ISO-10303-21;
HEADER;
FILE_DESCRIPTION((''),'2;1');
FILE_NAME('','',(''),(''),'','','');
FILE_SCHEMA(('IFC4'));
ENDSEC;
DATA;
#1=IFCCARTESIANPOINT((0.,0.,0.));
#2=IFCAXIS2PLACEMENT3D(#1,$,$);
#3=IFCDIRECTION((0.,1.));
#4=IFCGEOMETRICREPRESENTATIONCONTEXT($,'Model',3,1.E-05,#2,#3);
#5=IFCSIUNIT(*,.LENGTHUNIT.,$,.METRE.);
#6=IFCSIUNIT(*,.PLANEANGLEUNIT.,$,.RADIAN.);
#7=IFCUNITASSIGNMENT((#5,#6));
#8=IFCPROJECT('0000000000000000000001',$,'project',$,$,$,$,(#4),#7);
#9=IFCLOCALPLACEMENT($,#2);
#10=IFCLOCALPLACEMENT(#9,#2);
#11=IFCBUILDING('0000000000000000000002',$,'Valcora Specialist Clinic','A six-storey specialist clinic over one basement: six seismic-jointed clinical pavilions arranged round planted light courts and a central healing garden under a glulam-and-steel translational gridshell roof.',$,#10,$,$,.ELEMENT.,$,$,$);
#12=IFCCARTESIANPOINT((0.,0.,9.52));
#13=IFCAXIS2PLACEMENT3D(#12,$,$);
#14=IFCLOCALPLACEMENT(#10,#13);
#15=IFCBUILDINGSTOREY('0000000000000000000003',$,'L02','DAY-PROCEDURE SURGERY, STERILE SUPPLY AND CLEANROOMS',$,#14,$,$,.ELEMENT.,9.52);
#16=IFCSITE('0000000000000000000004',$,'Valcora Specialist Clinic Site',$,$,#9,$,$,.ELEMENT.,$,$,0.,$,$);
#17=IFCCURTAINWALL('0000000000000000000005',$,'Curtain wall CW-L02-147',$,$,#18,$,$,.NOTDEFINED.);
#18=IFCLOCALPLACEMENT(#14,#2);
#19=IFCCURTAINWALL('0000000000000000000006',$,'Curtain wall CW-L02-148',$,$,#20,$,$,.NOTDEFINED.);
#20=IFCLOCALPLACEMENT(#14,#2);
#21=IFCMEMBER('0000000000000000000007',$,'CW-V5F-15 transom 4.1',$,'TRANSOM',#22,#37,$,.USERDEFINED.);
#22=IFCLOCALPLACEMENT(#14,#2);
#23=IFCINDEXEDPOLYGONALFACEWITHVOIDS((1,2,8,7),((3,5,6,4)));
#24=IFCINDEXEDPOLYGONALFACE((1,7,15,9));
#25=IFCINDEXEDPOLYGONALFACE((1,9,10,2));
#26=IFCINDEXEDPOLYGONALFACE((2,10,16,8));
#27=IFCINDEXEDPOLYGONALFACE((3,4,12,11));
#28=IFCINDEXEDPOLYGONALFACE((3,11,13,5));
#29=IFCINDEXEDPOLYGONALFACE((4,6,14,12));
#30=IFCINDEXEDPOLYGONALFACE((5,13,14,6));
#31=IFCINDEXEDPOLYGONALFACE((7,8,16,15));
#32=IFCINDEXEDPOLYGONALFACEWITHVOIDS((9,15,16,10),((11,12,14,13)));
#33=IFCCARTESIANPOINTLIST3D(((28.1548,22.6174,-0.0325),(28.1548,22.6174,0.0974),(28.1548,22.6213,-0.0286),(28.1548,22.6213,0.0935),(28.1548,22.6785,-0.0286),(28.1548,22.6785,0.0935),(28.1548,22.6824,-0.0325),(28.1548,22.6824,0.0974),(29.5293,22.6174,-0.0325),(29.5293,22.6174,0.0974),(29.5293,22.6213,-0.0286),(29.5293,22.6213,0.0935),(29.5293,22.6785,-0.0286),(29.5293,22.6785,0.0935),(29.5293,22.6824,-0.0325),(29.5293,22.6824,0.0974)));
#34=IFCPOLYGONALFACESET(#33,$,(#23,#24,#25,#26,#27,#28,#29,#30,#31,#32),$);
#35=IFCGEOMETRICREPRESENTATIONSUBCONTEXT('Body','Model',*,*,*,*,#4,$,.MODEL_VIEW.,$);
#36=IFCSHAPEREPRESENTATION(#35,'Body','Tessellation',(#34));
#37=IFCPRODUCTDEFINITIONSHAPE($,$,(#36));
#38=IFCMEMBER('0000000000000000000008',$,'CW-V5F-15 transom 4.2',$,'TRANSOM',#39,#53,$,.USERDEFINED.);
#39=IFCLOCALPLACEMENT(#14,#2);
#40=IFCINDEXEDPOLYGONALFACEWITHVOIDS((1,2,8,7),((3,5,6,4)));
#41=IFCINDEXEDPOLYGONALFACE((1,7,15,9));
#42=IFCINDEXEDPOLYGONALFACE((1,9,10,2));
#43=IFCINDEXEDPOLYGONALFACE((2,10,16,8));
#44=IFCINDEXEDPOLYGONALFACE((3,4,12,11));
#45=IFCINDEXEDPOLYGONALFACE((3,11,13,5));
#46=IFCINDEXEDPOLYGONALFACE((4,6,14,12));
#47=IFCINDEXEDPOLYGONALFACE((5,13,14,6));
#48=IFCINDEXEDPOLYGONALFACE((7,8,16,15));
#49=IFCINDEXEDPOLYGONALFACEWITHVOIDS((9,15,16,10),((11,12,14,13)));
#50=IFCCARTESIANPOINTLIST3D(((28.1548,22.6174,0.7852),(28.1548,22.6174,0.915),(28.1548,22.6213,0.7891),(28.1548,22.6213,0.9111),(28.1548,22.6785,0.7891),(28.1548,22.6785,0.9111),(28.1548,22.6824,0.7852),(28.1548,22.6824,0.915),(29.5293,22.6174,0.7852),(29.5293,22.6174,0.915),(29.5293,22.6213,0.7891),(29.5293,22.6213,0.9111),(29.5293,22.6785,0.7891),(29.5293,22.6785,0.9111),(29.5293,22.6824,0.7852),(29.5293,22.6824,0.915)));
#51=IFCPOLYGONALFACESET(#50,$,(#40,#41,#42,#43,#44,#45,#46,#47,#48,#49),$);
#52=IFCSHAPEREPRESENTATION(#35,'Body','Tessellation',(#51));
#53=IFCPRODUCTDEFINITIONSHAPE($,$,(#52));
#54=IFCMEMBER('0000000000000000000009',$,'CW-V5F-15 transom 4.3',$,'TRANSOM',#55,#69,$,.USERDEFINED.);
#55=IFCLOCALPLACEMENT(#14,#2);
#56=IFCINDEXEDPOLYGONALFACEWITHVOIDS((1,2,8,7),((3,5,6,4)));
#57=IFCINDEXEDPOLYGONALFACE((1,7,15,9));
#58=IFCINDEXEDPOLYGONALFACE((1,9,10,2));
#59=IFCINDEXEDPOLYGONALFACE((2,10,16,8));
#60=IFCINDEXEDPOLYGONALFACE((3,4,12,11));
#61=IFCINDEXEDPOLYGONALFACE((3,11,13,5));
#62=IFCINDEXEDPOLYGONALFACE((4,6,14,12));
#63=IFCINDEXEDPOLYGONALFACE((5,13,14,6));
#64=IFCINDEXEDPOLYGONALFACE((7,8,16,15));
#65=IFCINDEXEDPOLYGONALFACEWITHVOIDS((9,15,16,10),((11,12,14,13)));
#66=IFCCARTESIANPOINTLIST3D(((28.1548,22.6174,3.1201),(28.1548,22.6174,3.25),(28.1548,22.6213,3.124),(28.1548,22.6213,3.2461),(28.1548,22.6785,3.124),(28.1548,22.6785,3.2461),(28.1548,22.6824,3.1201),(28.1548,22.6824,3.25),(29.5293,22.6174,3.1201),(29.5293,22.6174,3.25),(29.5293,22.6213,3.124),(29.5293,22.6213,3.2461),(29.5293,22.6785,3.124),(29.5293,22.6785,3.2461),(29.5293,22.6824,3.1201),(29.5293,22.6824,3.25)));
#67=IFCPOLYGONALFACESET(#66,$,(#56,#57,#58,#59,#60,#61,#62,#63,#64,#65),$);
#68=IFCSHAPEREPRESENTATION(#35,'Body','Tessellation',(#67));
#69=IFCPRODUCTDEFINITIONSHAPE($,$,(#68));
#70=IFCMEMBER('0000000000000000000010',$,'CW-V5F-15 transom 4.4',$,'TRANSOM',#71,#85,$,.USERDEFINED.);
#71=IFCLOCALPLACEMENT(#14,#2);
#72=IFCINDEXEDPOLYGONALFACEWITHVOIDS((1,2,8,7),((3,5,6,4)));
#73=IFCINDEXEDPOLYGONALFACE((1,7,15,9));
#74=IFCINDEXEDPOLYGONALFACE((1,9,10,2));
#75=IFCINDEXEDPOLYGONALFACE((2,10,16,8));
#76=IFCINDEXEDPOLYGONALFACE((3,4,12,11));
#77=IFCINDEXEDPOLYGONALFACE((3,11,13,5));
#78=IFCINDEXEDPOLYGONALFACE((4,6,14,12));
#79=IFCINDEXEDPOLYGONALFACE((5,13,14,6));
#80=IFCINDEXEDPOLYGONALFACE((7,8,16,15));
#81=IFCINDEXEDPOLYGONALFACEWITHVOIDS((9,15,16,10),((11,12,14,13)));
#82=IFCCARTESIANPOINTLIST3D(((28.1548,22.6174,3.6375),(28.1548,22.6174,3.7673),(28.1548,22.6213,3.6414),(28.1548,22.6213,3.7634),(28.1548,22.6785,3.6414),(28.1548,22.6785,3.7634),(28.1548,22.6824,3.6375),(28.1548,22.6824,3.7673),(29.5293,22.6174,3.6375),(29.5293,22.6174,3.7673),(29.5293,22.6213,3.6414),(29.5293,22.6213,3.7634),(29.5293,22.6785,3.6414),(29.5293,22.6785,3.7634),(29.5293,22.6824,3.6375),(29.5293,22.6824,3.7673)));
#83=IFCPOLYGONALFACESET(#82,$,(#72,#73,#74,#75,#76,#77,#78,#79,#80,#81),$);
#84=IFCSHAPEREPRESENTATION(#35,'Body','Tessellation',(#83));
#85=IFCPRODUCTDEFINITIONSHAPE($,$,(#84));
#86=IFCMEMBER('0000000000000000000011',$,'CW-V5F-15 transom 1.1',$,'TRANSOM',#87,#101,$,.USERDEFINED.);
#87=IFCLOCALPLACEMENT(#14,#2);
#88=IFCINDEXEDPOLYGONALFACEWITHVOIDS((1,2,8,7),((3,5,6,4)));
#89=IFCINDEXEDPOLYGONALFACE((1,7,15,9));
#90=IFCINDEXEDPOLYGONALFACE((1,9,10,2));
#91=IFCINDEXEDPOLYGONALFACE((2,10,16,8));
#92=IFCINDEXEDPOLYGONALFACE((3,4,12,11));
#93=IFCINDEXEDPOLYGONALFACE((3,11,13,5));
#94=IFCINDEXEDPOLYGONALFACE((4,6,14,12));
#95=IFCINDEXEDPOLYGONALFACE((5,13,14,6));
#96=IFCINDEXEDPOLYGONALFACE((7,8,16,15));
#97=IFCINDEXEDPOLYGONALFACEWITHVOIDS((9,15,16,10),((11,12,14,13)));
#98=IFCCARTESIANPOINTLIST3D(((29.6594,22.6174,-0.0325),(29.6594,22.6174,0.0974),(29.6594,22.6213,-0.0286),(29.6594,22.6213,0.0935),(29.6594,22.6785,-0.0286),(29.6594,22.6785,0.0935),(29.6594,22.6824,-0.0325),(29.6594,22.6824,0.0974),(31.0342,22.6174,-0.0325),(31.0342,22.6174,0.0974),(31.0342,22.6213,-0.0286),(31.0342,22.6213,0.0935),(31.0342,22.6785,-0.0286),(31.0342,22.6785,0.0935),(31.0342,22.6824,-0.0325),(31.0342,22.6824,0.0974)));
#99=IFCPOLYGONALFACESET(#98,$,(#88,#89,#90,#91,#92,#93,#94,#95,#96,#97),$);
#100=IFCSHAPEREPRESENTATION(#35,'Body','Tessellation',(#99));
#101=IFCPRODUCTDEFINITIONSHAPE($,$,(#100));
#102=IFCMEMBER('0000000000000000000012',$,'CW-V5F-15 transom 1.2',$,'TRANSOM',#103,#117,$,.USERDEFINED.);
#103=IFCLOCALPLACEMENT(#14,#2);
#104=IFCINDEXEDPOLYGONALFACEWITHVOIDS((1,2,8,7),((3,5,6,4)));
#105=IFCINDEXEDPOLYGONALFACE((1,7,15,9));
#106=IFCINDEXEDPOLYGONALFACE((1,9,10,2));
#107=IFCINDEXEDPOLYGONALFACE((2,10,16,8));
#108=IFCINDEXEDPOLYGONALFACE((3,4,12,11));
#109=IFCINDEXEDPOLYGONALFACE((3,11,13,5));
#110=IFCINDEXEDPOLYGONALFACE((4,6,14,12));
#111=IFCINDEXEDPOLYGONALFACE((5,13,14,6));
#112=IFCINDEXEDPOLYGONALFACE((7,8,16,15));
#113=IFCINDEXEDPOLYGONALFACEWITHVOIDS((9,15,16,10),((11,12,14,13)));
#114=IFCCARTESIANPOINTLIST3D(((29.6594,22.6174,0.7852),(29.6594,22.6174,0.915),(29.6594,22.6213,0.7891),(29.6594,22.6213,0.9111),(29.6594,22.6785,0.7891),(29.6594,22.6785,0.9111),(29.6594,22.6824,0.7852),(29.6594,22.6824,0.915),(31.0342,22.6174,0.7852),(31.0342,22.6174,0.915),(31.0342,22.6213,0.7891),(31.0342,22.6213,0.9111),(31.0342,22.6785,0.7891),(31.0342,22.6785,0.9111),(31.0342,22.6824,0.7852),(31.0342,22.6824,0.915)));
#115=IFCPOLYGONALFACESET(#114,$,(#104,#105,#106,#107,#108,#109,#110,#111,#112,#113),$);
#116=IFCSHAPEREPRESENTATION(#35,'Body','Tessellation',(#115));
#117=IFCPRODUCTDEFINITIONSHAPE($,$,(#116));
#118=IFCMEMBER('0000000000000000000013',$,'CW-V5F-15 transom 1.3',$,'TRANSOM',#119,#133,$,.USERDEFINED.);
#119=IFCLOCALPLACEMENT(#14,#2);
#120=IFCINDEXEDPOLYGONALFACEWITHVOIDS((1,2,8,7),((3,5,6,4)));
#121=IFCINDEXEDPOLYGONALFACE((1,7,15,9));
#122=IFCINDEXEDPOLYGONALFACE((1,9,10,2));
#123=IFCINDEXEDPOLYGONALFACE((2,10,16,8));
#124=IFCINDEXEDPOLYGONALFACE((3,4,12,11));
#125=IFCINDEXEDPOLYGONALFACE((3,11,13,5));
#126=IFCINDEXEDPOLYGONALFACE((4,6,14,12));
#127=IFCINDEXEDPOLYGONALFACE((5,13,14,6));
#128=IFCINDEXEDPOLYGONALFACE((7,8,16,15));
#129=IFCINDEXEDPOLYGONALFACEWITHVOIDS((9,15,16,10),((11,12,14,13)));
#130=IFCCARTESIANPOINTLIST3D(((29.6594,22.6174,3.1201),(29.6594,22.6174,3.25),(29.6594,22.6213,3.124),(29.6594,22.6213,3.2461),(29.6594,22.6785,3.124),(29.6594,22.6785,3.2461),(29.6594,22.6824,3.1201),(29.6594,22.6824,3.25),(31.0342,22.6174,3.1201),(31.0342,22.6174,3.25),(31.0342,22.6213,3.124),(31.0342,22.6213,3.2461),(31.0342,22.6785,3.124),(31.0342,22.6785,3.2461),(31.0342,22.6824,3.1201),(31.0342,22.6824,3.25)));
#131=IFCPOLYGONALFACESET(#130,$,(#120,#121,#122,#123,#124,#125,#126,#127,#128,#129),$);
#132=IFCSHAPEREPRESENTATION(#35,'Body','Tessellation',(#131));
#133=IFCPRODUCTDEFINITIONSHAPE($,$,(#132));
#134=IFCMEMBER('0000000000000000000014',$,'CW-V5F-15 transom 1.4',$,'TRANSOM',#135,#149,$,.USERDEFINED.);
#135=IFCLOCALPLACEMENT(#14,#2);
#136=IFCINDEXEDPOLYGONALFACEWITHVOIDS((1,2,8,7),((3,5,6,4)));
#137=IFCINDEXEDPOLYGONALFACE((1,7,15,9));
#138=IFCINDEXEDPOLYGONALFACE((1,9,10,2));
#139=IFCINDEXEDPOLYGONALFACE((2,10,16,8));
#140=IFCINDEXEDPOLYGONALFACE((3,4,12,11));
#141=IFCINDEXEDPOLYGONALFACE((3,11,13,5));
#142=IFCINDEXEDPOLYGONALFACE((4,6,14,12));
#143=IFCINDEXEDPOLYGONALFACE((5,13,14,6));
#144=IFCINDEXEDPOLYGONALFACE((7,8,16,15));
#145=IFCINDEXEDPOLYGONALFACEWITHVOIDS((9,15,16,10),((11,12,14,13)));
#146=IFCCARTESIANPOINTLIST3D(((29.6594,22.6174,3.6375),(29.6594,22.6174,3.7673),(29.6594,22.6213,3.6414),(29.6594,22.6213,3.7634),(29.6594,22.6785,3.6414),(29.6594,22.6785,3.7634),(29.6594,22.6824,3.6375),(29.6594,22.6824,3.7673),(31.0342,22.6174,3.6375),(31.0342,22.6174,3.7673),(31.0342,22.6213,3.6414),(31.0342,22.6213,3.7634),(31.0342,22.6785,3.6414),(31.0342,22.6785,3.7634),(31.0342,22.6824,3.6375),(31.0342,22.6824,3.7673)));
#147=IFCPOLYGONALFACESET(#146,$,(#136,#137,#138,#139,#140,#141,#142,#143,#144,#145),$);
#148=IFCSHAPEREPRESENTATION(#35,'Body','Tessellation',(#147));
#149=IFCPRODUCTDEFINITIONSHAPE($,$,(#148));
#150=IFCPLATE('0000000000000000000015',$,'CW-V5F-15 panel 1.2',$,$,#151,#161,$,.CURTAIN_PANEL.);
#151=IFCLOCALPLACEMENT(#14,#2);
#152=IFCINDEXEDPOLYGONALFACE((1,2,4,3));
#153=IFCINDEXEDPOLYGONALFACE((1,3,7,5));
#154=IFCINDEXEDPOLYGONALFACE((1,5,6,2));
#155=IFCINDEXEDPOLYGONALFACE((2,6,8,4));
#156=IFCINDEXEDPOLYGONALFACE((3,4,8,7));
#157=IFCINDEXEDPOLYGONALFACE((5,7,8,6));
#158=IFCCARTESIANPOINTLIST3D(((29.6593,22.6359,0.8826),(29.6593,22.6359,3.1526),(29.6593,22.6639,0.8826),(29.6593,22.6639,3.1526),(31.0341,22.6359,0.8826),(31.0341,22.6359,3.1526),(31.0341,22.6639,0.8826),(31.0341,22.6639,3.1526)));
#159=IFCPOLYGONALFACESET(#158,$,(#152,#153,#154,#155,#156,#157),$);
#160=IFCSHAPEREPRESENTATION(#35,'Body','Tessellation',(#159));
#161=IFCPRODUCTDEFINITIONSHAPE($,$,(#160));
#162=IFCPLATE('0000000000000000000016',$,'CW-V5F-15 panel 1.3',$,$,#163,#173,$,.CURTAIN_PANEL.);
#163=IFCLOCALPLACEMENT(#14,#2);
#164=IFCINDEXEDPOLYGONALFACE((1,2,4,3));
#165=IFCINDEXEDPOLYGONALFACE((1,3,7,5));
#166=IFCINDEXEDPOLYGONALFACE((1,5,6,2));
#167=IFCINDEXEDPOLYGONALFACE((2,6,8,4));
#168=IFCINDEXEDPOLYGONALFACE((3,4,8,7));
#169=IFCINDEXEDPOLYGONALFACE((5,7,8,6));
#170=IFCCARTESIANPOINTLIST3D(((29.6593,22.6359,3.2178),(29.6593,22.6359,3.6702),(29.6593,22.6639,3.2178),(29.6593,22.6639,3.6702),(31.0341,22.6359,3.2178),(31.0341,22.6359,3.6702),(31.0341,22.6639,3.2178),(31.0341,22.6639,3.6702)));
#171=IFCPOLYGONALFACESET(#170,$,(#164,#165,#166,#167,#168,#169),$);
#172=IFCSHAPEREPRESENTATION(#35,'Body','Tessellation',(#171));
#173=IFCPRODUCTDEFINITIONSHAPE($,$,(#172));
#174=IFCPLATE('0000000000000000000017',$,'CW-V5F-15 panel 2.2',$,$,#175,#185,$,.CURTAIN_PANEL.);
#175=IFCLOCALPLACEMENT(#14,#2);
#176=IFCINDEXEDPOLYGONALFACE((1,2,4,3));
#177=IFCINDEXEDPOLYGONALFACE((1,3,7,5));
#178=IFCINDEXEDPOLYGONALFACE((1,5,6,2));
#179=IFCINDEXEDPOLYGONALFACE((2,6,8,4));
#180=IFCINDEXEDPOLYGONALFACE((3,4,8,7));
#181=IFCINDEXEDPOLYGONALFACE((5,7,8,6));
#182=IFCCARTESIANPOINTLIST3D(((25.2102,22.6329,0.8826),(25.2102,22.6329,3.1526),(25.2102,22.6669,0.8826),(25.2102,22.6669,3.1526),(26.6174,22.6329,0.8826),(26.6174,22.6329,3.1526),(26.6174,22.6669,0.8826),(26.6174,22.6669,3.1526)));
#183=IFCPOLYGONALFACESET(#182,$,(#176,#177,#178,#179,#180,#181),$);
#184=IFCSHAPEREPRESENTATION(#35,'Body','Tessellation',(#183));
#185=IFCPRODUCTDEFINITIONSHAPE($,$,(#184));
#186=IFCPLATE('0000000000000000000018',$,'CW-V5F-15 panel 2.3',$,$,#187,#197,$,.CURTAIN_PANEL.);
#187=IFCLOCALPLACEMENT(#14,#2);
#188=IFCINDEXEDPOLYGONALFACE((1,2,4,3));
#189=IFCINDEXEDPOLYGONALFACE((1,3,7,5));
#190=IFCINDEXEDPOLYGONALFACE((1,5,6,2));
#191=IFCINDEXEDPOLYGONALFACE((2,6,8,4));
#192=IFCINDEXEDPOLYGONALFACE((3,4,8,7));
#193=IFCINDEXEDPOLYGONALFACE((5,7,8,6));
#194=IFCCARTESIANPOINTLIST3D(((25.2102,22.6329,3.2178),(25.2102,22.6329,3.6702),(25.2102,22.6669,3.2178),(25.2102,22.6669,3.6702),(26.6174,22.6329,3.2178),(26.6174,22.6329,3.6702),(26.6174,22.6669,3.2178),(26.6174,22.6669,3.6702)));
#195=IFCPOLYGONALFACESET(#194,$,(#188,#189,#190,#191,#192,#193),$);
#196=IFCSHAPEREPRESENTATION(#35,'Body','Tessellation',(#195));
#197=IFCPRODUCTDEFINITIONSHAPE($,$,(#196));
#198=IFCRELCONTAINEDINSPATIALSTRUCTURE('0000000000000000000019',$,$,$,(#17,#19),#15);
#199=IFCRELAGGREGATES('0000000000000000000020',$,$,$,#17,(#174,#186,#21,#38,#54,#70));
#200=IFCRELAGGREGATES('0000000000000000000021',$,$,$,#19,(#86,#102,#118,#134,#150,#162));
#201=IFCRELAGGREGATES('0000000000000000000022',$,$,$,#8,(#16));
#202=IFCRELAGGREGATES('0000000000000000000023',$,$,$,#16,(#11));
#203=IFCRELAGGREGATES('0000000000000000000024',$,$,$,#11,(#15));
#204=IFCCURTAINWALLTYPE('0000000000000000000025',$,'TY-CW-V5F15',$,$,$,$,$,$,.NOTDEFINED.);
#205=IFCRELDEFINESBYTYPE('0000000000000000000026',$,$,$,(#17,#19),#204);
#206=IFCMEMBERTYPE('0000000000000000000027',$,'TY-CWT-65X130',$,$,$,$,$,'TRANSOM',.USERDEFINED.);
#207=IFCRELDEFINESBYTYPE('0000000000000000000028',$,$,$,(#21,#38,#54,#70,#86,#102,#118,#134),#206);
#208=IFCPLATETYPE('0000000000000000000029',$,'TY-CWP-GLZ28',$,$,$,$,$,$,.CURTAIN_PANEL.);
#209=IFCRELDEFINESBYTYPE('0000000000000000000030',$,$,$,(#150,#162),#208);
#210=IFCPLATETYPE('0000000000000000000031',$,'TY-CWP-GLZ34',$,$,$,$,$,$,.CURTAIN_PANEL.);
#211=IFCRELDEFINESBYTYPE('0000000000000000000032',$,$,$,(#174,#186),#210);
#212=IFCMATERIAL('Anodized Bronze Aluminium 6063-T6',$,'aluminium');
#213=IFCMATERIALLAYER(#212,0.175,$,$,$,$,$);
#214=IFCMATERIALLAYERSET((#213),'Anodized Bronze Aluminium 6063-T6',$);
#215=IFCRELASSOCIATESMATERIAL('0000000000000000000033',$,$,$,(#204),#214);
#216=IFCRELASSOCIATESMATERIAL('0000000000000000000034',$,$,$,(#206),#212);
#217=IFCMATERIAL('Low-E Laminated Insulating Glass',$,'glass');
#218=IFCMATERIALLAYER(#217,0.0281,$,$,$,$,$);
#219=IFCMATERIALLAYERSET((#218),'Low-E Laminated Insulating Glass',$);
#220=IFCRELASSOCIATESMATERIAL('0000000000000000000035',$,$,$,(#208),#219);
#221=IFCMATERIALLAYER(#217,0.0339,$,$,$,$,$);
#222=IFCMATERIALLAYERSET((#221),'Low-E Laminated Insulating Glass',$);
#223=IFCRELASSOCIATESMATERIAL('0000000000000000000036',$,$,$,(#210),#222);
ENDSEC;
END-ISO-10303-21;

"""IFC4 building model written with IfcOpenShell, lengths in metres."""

from ifc_helpers import new_model, si_unit, direction, frame, origin, origin_2d, place, context, subcontext, project, spatial, rectangle, hollow_rectangle, extrude, material, layer, layer_set, material_profile, profile_set, type_object, element, aggregate, save


model = new_model("IFC4")

# Units and contexts
model_context = context("Model", 3, precision=1e-05, world=origin(), true_north=direction((0.0, 1.0)))
body_context = subcontext(model_context, "Body", "Model", "MODEL_VIEW")
ifc_project = project(units=[si_unit("LENGTHUNIT", "METRE"), si_unit("PLANEANGLEUNIT", "RADIAN")], contexts=[model_context])

# Site, building, storey
site_placement = place(None, origin())
site = spatial("IfcSite", under=ifc_project, at=site_placement, Name="Valcora Specialist Clinic Site", CompositionType="ELEMENT", RefElevation=0.0)
building_placement = place(site_placement, origin())
building = spatial("IfcBuilding", under=site, at=building_placement, Name="Valcora Specialist Clinic", Description="A six-storey specialist clinic over one basement: six seismic-jointed clinical pavilions arranged round planted light courts and a central healing garden under a glulam-and-steel translational gridshell roof.", CompositionType="ELEMENT")
storey_placement = place(building_placement, frame((0.0, 0.0, 9.52)))
storey = spatial("IfcBuildingStorey", under=building, at=storey_placement, Name="L02", Description="DAY-PROCEDURE SURGERY, STERILE SUPPLY AND CLEANROOMS", CompositionType="ELEMENT", Elevation=9.52)

# Curtain wall
ifc_material_1 = material(Name="Anodized Bronze Aluminium 6063-T6", Category="aluminium")
ifc_layer_1 = layer(ifc_material_1, 0.175)
ifc_layer_set_1 = layer_set([ifc_layer_1], Name="Anodized Bronze Aluminium 6063-T6")
curtain_wall_type = type_object("IfcCurtainWallType", Name="TY-CW-V5F15", PredefinedType="NOTDEFINED", material=ifc_layer_set_1)
curtain_wall_1_placement = place(storey_placement, origin())
curtain_wall_1 = element("IfcCurtainWall", 1, at=curtain_wall_1_placement, inside=storey, type_object=curtain_wall_type, Name="Curtain wall CW-L02-147", PredefinedType="NOTDEFINED")

# Curtain wall
curtain_wall_2_placement = place(storey_placement, origin())
curtain_wall_2 = element("IfcCurtainWall", 2, at=curtain_wall_2_placement, inside=storey, type_object=curtain_wall_type, Name="Curtain wall CW-L02-148", PredefinedType="NOTDEFINED")

# Members
ifc_material_profile_1 = material_profile(ifc_material_1, hollow_rectangle(XDim=0.0649, YDim=0.1299, WallThickness=0.0039, at=origin_2d()), Name="AL-TRN-65X130")
ifc_profile_set_1 = profile_set([ifc_material_profile_1], Name="Anodized Bronze Aluminium 6063-T6")
member_type_1 = type_object("IfcMemberType", Name="TY-CWT-65X130", ElementType="TRANSOM", PredefinedType="USERDEFINED", material=ifc_profile_set_1)
member_1_placement = place(storey_placement, frame((28.1548, 22.6499, 0.0325), z_axis=(1.0, 0.0, 0.0), x_axis=(0.0, 1.0, 0.0)))
member_1 = element("IfcMember", 3, at=member_1_placement, type_object=member_type_1, Name="CW-V5F-15 transom 4.1", ObjectType="TRANSOM", PredefinedType="USERDEFINED", context=body_context, shape_type="SweptSolid", body=[
    extrude(hollow_rectangle(XDim=0.0649, YDim=0.1299, WallThickness=0.0039, at=origin_2d()), origin(), (0.0, 0.0, 1.0), 1.3745),
])
member_2_placement = place(storey_placement, frame((28.1548, 22.6499, 0.8501), z_axis=(1.0, 0.0, 0.0), x_axis=(0.0, 1.0, 0.0)))
member_2 = element("IfcMember", 4, at=member_2_placement, type_object=member_type_1, Name="CW-V5F-15 transom 4.2", ObjectType="TRANSOM", PredefinedType="USERDEFINED", context=body_context, shape_type="SweptSolid", body=[
    extrude(hollow_rectangle(XDim=0.0649, YDim=0.1299, WallThickness=0.0039, at=origin_2d()), origin(), (0.0, 0.0, 1.0), 1.3745),
])
member_3_placement = place(storey_placement, frame((28.1548, 22.6499, 3.1851), z_axis=(1.0, 0.0, 0.0), x_axis=(0.0, 1.0, 0.0)))
member_3 = element("IfcMember", 5, at=member_3_placement, type_object=member_type_1, Name="CW-V5F-15 transom 4.3", ObjectType="TRANSOM", PredefinedType="USERDEFINED", context=body_context, shape_type="SweptSolid", body=[
    extrude(hollow_rectangle(XDim=0.0649, YDim=0.1299, WallThickness=0.0039, at=origin_2d()), origin(), (0.0, 0.0, 1.0), 1.3745),
])
member_4_placement = place(storey_placement, frame((28.1548, 22.6499, 3.7024), z_axis=(1.0, 0.0, 0.0), x_axis=(0.0, 1.0, 0.0)))
member_4 = element("IfcMember", 6, at=member_4_placement, type_object=member_type_1, Name="CW-V5F-15 transom 4.4", ObjectType="TRANSOM", PredefinedType="USERDEFINED", context=body_context, shape_type="SweptSolid", body=[
    extrude(hollow_rectangle(XDim=0.0649, YDim=0.1299, WallThickness=0.0039, at=origin_2d()), origin(), (0.0, 0.0, 1.0), 1.3745),
])
member_5_placement = place(storey_placement, frame((29.6594, 22.6499, 0.0325), z_axis=(1.0, 0.0, 0.0), x_axis=(0.0, 1.0, 0.0)))
member_5 = element("IfcMember", 7, at=member_5_placement, type_object=member_type_1, Name="CW-V5F-15 transom 1.1", ObjectType="TRANSOM", PredefinedType="USERDEFINED", context=body_context, shape_type="SweptSolid", body=[
    extrude(hollow_rectangle(XDim=0.0649, YDim=0.1299, WallThickness=0.0039, at=origin_2d()), origin(), (0.0, 0.0, 1.0), 1.3748),
])
member_6_placement = place(storey_placement, frame((29.6594, 22.6499, 0.8501), z_axis=(1.0, 0.0, 0.0), x_axis=(0.0, 1.0, 0.0)))
member_6 = element("IfcMember", 8, at=member_6_placement, type_object=member_type_1, Name="CW-V5F-15 transom 1.2", ObjectType="TRANSOM", PredefinedType="USERDEFINED", context=body_context, shape_type="SweptSolid", body=[
    extrude(hollow_rectangle(XDim=0.0649, YDim=0.1299, WallThickness=0.0039, at=origin_2d()), origin(), (0.0, 0.0, 1.0), 1.3748),
])
member_7_placement = place(storey_placement, frame((29.6594, 22.6499, 3.1851), z_axis=(1.0, 0.0, 0.0), x_axis=(0.0, 1.0, 0.0)))
member_7 = element("IfcMember", 9, at=member_7_placement, type_object=member_type_1, Name="CW-V5F-15 transom 1.3", ObjectType="TRANSOM", PredefinedType="USERDEFINED", context=body_context, shape_type="SweptSolid", body=[
    extrude(hollow_rectangle(XDim=0.0649, YDim=0.1299, WallThickness=0.0039, at=origin_2d()), origin(), (0.0, 0.0, 1.0), 1.3748),
])
member_8_placement = place(storey_placement, frame((29.6594, 22.6499, 3.7024), z_axis=(1.0, 0.0, 0.0), x_axis=(0.0, 1.0, 0.0)))
member_8 = element("IfcMember", 10, at=member_8_placement, type_object=member_type_1, Name="CW-V5F-15 transom 1.4", ObjectType="TRANSOM", PredefinedType="USERDEFINED", context=body_context, shape_type="SweptSolid", body=[
    extrude(hollow_rectangle(XDim=0.0649, YDim=0.1299, WallThickness=0.0039, at=origin_2d()), origin(), (0.0, 0.0, 1.0), 1.3748),
])

# Plates
ifc_material_2 = material(Name="Low-E Laminated Insulating Glass", Category="glass")
ifc_layer_2 = layer(ifc_material_2, 0.0281)
ifc_layer_set_2 = layer_set([ifc_layer_2], Name="Low-E Laminated Insulating Glass")
plate_type_1 = type_object("IfcPlateType", Name="TY-CWP-GLZ28", PredefinedType="CURTAIN_PANEL", material=ifc_layer_set_2)
plate_1_placement = place(storey_placement, frame((30.3467, 22.6499, 0.8826), z_axis=(0.0, 0.0, 1.0), x_axis=(1.0, 0.0, 0.0)))
plate_1 = element("IfcPlate", 11, at=plate_1_placement, type_object=plate_type_1, Name="CW-V5F-15 panel 1.2", PredefinedType="CURTAIN_PANEL", context=body_context, shape_type="SweptSolid", body=[
    extrude(rectangle(XDim=1.3748, YDim=0.0281, at=origin_2d()), origin(), (0.0, 0.0, 1.0), 2.27),
])
plate_2_placement = place(storey_placement, frame((30.3467, 22.6499, 3.2178), z_axis=(0.0, 0.0, 1.0), x_axis=(1.0, 0.0, 0.0)))
plate_2 = element("IfcPlate", 12, at=plate_2_placement, type_object=plate_type_1, Name="CW-V5F-15 panel 1.3", PredefinedType="CURTAIN_PANEL", context=body_context, shape_type="SweptSolid", body=[
    extrude(rectangle(XDim=1.3748, YDim=0.0281, at=origin_2d()), origin(), (0.0, 0.0, 1.0), 0.4524),
])
ifc_layer_3 = layer(ifc_material_2, 0.0339)
ifc_layer_set_3 = layer_set([ifc_layer_3], Name="Low-E Laminated Insulating Glass")
plate_type_2 = type_object("IfcPlateType", Name="TY-CWP-GLZ34", PredefinedType="CURTAIN_PANEL", material=ifc_layer_set_3)
plate_3_placement = place(storey_placement, frame((25.9138, 22.6499, 0.8826), z_axis=(0.0, 0.0, 1.0), x_axis=(1.0, 0.0, 0.0)))
plate_3 = element("IfcPlate", 13, at=plate_3_placement, type_object=plate_type_2, Name="CW-V5F-15 panel 2.2", PredefinedType="CURTAIN_PANEL", context=body_context, shape_type="SweptSolid", body=[
    extrude(rectangle(XDim=1.4072, YDim=0.0339, at=origin_2d()), origin(), (0.0, 0.0, 1.0), 2.27),
])
plate_4_placement = place(storey_placement, frame((25.9138, 22.6499, 3.2178), z_axis=(0.0, 0.0, 1.0), x_axis=(1.0, 0.0, 0.0)))
plate_4 = element("IfcPlate", 14, at=plate_4_placement, type_object=plate_type_2, Name="CW-V5F-15 panel 2.3", PredefinedType="CURTAIN_PANEL", context=body_context, shape_type="SweptSolid", body=[
    extrude(rectangle(XDim=1.4072, YDim=0.0339, at=origin_2d()), origin(), (0.0, 0.0, 1.0), 0.4524),
])
aggregate(curtain_wall_1, [plate_3, plate_4, member_1, member_2, member_3, member_4])
aggregate(curtain_wall_2, [member_5, member_6, member_7, member_8, plate_1, plate_2])

save(model, "model.ifc")
